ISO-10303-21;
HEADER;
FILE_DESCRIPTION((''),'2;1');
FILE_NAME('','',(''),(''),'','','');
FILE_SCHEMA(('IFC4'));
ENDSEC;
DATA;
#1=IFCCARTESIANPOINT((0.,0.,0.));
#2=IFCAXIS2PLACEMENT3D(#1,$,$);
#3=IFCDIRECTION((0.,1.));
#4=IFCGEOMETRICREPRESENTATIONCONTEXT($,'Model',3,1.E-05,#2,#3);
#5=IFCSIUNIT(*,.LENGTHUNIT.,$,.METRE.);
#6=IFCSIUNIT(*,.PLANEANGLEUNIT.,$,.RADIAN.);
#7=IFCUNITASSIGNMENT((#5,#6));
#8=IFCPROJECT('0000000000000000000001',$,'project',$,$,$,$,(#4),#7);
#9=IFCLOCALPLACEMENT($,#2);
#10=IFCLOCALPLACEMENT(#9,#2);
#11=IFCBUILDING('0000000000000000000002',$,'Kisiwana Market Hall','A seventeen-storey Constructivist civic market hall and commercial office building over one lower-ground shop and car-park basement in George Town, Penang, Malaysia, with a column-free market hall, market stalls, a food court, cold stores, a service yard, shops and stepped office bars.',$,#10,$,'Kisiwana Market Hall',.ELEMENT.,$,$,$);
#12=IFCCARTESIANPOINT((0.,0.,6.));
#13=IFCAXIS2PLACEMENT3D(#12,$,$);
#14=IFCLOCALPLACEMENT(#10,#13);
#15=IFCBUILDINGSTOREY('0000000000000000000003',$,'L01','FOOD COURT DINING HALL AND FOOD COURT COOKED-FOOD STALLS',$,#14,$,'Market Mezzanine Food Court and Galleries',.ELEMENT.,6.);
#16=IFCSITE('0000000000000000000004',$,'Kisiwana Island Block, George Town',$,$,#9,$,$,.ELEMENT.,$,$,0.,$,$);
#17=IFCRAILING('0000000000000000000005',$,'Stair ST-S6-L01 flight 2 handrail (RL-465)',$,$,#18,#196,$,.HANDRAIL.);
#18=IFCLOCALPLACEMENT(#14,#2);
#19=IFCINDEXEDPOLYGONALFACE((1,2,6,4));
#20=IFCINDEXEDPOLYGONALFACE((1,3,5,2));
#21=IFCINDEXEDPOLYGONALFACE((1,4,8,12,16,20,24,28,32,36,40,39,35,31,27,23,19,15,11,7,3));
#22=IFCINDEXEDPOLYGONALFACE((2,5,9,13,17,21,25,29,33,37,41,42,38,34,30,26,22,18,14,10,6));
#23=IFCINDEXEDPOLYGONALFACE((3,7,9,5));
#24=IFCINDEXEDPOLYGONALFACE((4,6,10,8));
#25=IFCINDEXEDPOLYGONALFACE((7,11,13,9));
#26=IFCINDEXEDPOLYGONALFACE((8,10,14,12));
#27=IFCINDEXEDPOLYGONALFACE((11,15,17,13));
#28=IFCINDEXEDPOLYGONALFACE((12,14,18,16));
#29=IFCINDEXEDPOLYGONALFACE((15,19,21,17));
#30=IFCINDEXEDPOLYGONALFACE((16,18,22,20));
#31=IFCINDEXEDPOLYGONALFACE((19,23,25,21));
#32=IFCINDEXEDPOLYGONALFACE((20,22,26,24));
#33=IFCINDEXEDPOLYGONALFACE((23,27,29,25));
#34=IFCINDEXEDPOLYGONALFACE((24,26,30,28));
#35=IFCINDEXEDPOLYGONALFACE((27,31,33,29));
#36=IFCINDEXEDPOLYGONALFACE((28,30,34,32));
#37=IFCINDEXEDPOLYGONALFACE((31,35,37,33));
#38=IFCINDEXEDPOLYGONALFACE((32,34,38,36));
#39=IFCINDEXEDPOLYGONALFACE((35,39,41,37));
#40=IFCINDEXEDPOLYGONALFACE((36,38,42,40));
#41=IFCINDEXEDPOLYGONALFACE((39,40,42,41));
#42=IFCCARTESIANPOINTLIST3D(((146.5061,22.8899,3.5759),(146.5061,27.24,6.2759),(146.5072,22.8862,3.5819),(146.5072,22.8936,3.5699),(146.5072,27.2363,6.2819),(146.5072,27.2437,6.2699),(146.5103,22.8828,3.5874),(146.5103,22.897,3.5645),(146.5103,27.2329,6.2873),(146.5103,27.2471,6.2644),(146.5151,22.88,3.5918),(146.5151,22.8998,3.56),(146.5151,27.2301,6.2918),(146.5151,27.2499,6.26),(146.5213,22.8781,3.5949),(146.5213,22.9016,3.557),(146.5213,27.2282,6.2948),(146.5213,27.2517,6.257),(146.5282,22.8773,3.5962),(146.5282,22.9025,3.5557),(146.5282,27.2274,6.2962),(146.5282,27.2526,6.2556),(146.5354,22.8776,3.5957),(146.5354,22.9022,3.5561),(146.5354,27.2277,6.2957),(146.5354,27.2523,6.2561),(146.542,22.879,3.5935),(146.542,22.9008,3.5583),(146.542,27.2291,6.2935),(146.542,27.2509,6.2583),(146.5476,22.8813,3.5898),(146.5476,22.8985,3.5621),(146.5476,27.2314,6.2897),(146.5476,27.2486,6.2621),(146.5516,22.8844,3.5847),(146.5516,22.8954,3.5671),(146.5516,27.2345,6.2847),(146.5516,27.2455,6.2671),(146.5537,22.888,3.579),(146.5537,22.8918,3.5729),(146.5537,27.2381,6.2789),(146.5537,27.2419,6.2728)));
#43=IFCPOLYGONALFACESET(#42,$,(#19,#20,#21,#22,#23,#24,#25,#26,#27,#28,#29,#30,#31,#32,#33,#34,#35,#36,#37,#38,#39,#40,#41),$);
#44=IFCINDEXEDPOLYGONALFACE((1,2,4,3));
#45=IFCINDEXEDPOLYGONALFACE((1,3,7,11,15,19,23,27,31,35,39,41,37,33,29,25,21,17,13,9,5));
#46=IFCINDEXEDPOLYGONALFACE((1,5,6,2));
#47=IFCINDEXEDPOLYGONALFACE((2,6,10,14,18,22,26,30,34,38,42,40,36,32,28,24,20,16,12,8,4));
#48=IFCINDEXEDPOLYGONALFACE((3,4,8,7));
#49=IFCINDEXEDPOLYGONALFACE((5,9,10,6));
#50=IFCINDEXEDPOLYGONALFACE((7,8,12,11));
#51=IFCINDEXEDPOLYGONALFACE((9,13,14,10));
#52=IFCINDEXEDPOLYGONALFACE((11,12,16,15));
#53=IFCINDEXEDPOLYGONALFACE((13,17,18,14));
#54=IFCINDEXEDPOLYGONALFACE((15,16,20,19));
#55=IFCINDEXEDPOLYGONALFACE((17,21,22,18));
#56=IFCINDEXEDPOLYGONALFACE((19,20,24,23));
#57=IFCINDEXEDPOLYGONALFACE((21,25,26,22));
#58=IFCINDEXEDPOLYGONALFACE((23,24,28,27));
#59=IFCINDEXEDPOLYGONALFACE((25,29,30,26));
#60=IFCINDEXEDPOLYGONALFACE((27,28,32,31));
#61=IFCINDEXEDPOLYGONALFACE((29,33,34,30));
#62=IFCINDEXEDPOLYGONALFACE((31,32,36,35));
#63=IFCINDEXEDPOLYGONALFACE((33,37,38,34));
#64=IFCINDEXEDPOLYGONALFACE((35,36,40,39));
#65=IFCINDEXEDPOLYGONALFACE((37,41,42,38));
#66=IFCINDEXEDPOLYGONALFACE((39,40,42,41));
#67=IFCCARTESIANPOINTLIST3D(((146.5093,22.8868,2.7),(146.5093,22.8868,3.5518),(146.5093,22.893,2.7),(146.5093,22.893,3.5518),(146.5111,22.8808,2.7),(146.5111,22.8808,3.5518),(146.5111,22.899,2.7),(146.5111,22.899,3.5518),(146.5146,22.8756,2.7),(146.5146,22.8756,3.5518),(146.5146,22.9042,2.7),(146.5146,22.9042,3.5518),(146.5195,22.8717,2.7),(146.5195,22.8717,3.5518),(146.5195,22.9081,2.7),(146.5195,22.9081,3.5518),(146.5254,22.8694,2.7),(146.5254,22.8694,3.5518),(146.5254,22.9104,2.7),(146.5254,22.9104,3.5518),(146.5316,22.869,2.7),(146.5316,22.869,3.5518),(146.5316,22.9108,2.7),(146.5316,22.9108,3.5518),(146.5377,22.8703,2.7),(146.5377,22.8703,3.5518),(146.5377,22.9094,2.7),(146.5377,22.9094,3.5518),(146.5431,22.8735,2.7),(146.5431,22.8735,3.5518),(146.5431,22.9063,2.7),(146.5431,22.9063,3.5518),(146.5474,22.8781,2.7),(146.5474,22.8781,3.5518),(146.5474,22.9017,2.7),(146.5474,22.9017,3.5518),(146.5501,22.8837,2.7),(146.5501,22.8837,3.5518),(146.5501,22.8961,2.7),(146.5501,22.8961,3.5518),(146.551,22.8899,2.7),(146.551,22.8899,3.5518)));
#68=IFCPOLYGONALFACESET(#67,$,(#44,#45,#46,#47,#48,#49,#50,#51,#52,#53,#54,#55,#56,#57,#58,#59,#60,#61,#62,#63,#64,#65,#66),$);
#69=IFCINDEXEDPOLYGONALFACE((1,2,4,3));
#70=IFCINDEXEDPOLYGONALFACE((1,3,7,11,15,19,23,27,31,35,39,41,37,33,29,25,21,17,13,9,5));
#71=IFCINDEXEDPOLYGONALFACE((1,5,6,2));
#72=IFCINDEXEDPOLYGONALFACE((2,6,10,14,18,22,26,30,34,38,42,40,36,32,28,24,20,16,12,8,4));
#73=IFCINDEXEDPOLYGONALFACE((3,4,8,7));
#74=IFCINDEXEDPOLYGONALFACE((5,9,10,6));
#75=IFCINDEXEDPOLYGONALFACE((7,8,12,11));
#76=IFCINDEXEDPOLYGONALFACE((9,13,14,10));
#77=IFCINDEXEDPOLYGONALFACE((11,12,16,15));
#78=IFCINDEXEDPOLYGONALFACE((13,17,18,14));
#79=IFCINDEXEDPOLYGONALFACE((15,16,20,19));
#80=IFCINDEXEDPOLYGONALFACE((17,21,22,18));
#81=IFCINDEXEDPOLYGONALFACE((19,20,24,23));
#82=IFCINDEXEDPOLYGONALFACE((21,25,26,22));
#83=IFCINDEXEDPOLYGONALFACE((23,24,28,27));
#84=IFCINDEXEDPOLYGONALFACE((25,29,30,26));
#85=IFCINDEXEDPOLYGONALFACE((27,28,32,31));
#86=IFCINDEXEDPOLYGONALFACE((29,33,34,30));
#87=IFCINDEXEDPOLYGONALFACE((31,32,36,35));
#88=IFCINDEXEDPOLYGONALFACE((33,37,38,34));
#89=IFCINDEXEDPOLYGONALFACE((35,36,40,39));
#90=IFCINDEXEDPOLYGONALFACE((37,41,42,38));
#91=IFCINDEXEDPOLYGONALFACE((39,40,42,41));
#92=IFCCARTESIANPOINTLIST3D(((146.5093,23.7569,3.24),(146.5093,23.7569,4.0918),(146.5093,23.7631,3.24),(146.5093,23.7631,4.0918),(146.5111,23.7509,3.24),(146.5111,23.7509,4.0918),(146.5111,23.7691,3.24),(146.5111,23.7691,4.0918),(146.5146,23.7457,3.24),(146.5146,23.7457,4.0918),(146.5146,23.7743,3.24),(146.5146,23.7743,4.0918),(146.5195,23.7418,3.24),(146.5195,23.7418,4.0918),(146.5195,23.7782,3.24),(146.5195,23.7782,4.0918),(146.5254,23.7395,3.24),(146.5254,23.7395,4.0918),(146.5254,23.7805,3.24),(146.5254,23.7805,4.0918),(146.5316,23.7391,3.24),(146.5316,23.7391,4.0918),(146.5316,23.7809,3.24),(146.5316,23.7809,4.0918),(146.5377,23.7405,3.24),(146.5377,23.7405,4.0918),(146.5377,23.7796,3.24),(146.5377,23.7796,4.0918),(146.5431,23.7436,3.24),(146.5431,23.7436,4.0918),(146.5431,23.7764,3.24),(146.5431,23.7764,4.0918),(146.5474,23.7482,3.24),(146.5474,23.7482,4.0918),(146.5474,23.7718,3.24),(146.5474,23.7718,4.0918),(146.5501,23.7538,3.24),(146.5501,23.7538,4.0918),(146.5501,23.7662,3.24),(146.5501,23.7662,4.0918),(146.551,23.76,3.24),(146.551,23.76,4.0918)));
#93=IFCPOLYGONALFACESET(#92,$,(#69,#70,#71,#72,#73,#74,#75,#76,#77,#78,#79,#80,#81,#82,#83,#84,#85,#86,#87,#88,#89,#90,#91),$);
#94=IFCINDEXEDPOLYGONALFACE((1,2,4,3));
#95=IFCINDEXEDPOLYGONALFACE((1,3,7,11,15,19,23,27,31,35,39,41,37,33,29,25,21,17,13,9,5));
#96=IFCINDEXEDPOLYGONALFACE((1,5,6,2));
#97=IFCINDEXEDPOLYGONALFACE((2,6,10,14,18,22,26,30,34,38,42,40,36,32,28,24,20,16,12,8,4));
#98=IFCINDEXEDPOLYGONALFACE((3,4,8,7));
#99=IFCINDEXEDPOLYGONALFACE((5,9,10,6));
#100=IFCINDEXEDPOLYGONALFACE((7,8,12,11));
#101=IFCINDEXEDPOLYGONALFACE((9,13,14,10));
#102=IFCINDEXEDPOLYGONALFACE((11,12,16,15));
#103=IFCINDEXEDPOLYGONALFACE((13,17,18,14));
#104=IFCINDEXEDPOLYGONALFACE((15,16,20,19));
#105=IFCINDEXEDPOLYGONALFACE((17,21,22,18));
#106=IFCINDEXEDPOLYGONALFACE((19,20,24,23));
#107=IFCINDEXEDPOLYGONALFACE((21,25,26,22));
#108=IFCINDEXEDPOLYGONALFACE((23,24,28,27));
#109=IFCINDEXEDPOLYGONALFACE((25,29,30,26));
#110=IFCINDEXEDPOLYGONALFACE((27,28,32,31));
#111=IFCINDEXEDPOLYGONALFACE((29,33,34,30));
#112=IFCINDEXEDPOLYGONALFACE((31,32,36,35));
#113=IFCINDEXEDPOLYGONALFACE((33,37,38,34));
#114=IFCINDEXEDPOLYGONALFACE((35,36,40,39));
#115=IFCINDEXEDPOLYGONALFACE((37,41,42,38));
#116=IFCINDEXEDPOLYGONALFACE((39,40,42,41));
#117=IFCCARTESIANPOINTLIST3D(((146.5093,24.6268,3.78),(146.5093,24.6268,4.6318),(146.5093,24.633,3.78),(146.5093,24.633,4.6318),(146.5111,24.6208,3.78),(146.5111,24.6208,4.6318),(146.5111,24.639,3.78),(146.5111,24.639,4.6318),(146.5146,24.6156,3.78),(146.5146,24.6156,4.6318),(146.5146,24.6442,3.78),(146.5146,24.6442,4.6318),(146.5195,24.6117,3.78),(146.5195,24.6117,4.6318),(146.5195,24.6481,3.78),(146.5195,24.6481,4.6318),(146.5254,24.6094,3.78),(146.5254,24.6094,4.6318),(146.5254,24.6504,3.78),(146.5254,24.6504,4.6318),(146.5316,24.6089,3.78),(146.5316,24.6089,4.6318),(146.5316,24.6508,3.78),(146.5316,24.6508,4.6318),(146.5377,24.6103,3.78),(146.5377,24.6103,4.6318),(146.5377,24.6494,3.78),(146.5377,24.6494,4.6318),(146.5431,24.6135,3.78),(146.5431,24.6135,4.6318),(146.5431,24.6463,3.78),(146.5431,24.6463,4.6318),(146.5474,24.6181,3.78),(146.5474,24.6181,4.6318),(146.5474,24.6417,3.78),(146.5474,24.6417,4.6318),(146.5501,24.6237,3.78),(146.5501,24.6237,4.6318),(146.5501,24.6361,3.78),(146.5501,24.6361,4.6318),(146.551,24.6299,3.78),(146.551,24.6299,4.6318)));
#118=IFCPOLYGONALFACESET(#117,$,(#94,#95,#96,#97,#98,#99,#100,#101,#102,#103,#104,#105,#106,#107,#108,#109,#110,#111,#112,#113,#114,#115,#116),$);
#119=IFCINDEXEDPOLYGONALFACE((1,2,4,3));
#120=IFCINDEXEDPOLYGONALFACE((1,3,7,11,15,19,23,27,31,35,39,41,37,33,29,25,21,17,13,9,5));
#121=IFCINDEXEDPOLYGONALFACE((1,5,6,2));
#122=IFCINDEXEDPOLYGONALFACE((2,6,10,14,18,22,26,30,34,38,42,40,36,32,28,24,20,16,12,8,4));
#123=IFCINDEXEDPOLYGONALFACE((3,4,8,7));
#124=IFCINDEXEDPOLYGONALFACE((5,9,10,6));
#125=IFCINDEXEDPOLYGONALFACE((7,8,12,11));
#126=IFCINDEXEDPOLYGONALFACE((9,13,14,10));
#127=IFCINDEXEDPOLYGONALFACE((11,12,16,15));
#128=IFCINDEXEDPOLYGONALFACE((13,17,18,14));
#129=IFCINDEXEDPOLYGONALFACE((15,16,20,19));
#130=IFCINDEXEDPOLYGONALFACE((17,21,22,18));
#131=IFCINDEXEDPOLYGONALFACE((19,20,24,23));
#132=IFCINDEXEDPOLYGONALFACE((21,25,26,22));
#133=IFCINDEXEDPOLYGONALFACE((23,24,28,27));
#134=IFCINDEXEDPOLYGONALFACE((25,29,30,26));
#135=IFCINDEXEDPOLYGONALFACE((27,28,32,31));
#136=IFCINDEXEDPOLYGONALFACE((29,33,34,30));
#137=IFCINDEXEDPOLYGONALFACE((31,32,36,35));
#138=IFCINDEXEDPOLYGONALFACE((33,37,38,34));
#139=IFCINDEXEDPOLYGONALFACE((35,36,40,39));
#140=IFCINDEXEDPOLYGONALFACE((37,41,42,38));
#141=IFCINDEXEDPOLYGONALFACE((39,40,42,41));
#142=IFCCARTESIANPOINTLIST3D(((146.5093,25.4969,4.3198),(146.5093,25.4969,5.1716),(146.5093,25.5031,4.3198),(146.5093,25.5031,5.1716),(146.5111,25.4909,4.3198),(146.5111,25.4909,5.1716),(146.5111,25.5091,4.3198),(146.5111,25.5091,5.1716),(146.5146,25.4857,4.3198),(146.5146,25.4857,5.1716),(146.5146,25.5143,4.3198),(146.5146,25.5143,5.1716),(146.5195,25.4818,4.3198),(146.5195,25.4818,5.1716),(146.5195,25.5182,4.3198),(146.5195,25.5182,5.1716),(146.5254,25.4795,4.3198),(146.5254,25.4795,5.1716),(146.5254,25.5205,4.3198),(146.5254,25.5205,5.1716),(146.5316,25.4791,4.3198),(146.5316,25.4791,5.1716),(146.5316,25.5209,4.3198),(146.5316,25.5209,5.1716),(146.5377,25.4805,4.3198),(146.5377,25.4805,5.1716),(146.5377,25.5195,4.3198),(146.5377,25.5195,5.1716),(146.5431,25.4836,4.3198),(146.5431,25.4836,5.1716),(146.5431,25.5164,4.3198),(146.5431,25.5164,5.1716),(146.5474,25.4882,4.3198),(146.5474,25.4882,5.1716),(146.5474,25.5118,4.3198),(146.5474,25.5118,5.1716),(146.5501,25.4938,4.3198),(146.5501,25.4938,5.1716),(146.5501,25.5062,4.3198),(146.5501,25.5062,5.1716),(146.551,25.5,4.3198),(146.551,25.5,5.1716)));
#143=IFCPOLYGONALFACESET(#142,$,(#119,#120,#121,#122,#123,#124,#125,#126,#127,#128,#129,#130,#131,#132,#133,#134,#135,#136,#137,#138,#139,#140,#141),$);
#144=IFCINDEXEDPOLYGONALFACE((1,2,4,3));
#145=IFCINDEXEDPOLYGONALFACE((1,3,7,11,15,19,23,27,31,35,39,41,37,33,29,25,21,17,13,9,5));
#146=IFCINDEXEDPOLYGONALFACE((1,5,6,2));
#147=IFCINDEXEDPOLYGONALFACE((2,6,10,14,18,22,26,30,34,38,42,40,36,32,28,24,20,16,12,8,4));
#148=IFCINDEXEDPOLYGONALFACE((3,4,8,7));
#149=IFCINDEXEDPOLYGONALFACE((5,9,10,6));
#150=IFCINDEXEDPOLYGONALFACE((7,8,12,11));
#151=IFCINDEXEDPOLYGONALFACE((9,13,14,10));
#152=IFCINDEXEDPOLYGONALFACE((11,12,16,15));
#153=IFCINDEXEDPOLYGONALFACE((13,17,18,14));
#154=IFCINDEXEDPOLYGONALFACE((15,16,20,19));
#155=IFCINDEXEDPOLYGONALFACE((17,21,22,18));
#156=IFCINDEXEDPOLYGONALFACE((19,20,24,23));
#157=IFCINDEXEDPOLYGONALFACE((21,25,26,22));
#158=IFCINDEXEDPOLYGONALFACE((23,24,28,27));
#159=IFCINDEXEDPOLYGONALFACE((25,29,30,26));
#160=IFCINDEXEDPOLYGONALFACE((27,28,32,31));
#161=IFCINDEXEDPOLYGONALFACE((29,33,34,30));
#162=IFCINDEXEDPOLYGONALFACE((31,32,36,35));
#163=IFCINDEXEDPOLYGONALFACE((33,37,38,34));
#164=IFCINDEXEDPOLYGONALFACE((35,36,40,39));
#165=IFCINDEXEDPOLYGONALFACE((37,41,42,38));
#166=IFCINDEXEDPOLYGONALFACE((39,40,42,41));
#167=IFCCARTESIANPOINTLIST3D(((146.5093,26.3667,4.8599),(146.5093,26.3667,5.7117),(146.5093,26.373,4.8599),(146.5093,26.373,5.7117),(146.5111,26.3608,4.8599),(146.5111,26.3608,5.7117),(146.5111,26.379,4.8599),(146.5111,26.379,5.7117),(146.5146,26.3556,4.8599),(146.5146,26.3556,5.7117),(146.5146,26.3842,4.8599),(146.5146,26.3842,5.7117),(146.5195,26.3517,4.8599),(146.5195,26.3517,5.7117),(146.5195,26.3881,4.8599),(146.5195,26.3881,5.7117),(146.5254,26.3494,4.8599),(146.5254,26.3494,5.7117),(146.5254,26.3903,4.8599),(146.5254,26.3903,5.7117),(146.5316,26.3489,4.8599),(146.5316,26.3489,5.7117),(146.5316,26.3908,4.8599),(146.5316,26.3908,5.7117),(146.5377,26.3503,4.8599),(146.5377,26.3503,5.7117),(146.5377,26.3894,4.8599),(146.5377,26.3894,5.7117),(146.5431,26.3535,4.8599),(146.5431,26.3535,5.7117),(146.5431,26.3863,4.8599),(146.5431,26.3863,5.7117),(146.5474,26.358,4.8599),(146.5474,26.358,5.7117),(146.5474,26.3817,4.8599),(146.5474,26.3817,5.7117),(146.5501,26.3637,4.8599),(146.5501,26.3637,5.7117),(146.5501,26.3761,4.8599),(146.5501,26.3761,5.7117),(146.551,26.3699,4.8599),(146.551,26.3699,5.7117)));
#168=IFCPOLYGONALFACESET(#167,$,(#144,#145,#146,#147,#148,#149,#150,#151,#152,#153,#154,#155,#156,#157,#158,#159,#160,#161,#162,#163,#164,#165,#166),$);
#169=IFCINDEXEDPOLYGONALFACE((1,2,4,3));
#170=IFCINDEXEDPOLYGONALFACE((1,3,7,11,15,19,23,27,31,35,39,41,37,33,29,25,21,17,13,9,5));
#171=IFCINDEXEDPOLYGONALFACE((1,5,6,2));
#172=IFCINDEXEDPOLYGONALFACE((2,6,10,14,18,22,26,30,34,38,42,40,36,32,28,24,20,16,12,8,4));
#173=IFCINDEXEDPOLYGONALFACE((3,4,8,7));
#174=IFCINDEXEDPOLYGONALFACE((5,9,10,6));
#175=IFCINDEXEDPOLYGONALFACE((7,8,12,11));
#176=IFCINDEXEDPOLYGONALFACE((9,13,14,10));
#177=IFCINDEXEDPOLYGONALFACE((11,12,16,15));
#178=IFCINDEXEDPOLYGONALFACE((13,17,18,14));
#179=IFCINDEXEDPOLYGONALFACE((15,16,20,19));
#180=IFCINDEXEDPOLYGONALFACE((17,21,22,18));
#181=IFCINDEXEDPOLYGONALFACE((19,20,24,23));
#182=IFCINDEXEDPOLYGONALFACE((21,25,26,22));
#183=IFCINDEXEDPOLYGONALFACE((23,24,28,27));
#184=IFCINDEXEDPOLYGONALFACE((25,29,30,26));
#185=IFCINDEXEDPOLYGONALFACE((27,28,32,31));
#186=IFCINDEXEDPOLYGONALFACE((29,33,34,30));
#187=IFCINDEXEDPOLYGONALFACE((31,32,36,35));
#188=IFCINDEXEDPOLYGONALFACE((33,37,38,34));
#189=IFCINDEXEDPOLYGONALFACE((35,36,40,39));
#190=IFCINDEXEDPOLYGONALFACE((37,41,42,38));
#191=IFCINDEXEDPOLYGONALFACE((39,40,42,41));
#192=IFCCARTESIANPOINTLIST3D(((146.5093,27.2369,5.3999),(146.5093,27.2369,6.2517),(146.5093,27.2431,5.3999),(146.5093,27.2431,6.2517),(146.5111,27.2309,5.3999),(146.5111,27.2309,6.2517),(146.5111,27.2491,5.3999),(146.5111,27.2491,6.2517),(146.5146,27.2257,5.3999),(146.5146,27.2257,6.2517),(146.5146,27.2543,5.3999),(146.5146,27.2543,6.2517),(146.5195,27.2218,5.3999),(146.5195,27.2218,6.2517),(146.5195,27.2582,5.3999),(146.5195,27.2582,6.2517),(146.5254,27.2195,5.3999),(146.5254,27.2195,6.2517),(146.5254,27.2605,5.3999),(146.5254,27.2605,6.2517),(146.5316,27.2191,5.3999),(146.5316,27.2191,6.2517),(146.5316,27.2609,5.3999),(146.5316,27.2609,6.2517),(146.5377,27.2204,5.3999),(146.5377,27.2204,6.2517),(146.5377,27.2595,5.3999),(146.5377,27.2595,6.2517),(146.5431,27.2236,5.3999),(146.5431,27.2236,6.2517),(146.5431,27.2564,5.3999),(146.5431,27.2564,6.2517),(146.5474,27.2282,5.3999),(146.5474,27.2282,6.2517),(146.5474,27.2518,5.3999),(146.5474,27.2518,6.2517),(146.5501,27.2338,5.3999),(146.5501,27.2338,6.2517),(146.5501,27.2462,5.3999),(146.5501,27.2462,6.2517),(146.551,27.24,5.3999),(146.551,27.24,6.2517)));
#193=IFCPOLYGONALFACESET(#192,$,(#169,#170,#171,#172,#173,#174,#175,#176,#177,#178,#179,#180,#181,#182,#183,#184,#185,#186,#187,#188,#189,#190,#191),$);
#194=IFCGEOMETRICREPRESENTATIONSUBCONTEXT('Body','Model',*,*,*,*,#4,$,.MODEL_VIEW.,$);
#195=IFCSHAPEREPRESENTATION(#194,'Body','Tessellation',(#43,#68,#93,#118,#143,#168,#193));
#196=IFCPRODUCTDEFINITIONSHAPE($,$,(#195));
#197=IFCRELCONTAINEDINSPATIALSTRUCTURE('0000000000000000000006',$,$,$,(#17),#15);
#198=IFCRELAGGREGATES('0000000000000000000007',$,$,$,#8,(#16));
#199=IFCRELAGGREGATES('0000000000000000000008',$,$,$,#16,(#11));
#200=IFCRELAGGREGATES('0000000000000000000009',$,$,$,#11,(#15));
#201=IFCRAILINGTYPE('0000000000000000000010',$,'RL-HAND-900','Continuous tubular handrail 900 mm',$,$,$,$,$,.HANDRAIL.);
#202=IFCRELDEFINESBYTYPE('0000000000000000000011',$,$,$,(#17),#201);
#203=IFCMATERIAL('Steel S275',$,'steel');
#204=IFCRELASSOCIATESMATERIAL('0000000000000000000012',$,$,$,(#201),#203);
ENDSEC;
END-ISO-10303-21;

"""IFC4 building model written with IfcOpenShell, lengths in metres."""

from ifc_helpers import new_model, si_unit, direction, frame, origin, origin_2d, place, context, subcontext, project, spatial, circle, extrude, material, type_object, element, save


model = new_model("IFC4")

# Units and contexts
model_context = context("Model", 3, precision=1e-05, world=origin(), true_north=direction((0.0, 1.0)))
body_context = subcontext(model_context, "Body", "Model", "MODEL_VIEW")
ifc_project = project(units=[si_unit("LENGTHUNIT", "METRE"), si_unit("PLANEANGLEUNIT", "RADIAN")], contexts=[model_context])

# Site, building, storey
site_placement = place(None, origin())
site = spatial("IfcSite", under=ifc_project, at=site_placement, Name="Kisiwana Island Block, George Town", CompositionType="ELEMENT", RefElevation=0.0)
building_placement = place(site_placement, origin())
building = spatial("IfcBuilding", under=site, at=building_placement, Name="Kisiwana Market Hall", Description="A seventeen-storey Constructivist civic market hall and commercial office building over one lower-ground shop and car-park basement in George Town, Penang, Malaysia, with a column-free market hall, market stalls, a food court, cold stores, a service yard, shops and stepped office bars.", LongName="Kisiwana Market Hall", CompositionType="ELEMENT")
storey_placement = place(building_placement, frame((0.0, 0.0, 6.0)))
storey = spatial("IfcBuildingStorey", under=building, at=storey_placement, Name="L01", Description="FOOD COURT DINING HALL AND FOOD COURT COOKED-FOOD STALLS", LongName="Market Mezzanine Food Court and Galleries", CompositionType="ELEMENT", Elevation=6.0)

# Railing
ifc_material_1 = material(Name="Steel S275", Category="steel")
railing_type_1 = type_object("IfcRailingType", Name="RL-HAND-900", Description="Continuous tubular handrail 900 mm", PredefinedType="HANDRAIL", material=ifc_material_1)
railing_1_placement = place(storey_placement, frame((146.53, 22.8899, 2.7)))
element("IfcRailing", 1, at=railing_1_placement, inside=storey, type_object=railing_type_1, Name="Stair ST-S6-L01 flight 2 handrail (RL-465)", PredefinedType="HANDRAIL", context=body_context, shape_type="SweptSolid", body=[
    extrude(circle(Radius=0.0239, at=origin_2d()), frame((0.0, 0.0, 0.876), z_axis=(0.0, 0.84965, 0.527347), x_axis=(-1.0, 0.0, 0.0)), (0.0, 0.0, 1.0), 5.1199),
    extrude(circle(Radius=0.021, at=origin_2d()), origin(), (0.0, 0.0, 1.0), 0.8518),
    extrude(circle(Radius=0.021, at=origin_2d()), frame((0.0, 0.8701, 0.54)), (0.0, 0.0, 1.0), 0.8518),
    extrude(circle(Radius=0.021, at=origin_2d()), frame((0.0, 1.74, 1.0801)), (0.0, 0.0, 1.0), 0.8518),
    extrude(circle(Radius=0.021, at=origin_2d()), frame((0.0, 2.6101, 1.6199)), (0.0, 0.0, 1.0), 0.8518),
    extrude(circle(Radius=0.021, at=origin_2d()), frame((0.0, 3.48, 2.1599)), (0.0, 0.0, 1.0), 0.8518),
    extrude(circle(Radius=0.021, at=origin_2d()), frame((0.0, 4.3501, 2.7)), (0.0, 0.0, 1.0), 0.8518),
])

save(model, "model.ifc")
